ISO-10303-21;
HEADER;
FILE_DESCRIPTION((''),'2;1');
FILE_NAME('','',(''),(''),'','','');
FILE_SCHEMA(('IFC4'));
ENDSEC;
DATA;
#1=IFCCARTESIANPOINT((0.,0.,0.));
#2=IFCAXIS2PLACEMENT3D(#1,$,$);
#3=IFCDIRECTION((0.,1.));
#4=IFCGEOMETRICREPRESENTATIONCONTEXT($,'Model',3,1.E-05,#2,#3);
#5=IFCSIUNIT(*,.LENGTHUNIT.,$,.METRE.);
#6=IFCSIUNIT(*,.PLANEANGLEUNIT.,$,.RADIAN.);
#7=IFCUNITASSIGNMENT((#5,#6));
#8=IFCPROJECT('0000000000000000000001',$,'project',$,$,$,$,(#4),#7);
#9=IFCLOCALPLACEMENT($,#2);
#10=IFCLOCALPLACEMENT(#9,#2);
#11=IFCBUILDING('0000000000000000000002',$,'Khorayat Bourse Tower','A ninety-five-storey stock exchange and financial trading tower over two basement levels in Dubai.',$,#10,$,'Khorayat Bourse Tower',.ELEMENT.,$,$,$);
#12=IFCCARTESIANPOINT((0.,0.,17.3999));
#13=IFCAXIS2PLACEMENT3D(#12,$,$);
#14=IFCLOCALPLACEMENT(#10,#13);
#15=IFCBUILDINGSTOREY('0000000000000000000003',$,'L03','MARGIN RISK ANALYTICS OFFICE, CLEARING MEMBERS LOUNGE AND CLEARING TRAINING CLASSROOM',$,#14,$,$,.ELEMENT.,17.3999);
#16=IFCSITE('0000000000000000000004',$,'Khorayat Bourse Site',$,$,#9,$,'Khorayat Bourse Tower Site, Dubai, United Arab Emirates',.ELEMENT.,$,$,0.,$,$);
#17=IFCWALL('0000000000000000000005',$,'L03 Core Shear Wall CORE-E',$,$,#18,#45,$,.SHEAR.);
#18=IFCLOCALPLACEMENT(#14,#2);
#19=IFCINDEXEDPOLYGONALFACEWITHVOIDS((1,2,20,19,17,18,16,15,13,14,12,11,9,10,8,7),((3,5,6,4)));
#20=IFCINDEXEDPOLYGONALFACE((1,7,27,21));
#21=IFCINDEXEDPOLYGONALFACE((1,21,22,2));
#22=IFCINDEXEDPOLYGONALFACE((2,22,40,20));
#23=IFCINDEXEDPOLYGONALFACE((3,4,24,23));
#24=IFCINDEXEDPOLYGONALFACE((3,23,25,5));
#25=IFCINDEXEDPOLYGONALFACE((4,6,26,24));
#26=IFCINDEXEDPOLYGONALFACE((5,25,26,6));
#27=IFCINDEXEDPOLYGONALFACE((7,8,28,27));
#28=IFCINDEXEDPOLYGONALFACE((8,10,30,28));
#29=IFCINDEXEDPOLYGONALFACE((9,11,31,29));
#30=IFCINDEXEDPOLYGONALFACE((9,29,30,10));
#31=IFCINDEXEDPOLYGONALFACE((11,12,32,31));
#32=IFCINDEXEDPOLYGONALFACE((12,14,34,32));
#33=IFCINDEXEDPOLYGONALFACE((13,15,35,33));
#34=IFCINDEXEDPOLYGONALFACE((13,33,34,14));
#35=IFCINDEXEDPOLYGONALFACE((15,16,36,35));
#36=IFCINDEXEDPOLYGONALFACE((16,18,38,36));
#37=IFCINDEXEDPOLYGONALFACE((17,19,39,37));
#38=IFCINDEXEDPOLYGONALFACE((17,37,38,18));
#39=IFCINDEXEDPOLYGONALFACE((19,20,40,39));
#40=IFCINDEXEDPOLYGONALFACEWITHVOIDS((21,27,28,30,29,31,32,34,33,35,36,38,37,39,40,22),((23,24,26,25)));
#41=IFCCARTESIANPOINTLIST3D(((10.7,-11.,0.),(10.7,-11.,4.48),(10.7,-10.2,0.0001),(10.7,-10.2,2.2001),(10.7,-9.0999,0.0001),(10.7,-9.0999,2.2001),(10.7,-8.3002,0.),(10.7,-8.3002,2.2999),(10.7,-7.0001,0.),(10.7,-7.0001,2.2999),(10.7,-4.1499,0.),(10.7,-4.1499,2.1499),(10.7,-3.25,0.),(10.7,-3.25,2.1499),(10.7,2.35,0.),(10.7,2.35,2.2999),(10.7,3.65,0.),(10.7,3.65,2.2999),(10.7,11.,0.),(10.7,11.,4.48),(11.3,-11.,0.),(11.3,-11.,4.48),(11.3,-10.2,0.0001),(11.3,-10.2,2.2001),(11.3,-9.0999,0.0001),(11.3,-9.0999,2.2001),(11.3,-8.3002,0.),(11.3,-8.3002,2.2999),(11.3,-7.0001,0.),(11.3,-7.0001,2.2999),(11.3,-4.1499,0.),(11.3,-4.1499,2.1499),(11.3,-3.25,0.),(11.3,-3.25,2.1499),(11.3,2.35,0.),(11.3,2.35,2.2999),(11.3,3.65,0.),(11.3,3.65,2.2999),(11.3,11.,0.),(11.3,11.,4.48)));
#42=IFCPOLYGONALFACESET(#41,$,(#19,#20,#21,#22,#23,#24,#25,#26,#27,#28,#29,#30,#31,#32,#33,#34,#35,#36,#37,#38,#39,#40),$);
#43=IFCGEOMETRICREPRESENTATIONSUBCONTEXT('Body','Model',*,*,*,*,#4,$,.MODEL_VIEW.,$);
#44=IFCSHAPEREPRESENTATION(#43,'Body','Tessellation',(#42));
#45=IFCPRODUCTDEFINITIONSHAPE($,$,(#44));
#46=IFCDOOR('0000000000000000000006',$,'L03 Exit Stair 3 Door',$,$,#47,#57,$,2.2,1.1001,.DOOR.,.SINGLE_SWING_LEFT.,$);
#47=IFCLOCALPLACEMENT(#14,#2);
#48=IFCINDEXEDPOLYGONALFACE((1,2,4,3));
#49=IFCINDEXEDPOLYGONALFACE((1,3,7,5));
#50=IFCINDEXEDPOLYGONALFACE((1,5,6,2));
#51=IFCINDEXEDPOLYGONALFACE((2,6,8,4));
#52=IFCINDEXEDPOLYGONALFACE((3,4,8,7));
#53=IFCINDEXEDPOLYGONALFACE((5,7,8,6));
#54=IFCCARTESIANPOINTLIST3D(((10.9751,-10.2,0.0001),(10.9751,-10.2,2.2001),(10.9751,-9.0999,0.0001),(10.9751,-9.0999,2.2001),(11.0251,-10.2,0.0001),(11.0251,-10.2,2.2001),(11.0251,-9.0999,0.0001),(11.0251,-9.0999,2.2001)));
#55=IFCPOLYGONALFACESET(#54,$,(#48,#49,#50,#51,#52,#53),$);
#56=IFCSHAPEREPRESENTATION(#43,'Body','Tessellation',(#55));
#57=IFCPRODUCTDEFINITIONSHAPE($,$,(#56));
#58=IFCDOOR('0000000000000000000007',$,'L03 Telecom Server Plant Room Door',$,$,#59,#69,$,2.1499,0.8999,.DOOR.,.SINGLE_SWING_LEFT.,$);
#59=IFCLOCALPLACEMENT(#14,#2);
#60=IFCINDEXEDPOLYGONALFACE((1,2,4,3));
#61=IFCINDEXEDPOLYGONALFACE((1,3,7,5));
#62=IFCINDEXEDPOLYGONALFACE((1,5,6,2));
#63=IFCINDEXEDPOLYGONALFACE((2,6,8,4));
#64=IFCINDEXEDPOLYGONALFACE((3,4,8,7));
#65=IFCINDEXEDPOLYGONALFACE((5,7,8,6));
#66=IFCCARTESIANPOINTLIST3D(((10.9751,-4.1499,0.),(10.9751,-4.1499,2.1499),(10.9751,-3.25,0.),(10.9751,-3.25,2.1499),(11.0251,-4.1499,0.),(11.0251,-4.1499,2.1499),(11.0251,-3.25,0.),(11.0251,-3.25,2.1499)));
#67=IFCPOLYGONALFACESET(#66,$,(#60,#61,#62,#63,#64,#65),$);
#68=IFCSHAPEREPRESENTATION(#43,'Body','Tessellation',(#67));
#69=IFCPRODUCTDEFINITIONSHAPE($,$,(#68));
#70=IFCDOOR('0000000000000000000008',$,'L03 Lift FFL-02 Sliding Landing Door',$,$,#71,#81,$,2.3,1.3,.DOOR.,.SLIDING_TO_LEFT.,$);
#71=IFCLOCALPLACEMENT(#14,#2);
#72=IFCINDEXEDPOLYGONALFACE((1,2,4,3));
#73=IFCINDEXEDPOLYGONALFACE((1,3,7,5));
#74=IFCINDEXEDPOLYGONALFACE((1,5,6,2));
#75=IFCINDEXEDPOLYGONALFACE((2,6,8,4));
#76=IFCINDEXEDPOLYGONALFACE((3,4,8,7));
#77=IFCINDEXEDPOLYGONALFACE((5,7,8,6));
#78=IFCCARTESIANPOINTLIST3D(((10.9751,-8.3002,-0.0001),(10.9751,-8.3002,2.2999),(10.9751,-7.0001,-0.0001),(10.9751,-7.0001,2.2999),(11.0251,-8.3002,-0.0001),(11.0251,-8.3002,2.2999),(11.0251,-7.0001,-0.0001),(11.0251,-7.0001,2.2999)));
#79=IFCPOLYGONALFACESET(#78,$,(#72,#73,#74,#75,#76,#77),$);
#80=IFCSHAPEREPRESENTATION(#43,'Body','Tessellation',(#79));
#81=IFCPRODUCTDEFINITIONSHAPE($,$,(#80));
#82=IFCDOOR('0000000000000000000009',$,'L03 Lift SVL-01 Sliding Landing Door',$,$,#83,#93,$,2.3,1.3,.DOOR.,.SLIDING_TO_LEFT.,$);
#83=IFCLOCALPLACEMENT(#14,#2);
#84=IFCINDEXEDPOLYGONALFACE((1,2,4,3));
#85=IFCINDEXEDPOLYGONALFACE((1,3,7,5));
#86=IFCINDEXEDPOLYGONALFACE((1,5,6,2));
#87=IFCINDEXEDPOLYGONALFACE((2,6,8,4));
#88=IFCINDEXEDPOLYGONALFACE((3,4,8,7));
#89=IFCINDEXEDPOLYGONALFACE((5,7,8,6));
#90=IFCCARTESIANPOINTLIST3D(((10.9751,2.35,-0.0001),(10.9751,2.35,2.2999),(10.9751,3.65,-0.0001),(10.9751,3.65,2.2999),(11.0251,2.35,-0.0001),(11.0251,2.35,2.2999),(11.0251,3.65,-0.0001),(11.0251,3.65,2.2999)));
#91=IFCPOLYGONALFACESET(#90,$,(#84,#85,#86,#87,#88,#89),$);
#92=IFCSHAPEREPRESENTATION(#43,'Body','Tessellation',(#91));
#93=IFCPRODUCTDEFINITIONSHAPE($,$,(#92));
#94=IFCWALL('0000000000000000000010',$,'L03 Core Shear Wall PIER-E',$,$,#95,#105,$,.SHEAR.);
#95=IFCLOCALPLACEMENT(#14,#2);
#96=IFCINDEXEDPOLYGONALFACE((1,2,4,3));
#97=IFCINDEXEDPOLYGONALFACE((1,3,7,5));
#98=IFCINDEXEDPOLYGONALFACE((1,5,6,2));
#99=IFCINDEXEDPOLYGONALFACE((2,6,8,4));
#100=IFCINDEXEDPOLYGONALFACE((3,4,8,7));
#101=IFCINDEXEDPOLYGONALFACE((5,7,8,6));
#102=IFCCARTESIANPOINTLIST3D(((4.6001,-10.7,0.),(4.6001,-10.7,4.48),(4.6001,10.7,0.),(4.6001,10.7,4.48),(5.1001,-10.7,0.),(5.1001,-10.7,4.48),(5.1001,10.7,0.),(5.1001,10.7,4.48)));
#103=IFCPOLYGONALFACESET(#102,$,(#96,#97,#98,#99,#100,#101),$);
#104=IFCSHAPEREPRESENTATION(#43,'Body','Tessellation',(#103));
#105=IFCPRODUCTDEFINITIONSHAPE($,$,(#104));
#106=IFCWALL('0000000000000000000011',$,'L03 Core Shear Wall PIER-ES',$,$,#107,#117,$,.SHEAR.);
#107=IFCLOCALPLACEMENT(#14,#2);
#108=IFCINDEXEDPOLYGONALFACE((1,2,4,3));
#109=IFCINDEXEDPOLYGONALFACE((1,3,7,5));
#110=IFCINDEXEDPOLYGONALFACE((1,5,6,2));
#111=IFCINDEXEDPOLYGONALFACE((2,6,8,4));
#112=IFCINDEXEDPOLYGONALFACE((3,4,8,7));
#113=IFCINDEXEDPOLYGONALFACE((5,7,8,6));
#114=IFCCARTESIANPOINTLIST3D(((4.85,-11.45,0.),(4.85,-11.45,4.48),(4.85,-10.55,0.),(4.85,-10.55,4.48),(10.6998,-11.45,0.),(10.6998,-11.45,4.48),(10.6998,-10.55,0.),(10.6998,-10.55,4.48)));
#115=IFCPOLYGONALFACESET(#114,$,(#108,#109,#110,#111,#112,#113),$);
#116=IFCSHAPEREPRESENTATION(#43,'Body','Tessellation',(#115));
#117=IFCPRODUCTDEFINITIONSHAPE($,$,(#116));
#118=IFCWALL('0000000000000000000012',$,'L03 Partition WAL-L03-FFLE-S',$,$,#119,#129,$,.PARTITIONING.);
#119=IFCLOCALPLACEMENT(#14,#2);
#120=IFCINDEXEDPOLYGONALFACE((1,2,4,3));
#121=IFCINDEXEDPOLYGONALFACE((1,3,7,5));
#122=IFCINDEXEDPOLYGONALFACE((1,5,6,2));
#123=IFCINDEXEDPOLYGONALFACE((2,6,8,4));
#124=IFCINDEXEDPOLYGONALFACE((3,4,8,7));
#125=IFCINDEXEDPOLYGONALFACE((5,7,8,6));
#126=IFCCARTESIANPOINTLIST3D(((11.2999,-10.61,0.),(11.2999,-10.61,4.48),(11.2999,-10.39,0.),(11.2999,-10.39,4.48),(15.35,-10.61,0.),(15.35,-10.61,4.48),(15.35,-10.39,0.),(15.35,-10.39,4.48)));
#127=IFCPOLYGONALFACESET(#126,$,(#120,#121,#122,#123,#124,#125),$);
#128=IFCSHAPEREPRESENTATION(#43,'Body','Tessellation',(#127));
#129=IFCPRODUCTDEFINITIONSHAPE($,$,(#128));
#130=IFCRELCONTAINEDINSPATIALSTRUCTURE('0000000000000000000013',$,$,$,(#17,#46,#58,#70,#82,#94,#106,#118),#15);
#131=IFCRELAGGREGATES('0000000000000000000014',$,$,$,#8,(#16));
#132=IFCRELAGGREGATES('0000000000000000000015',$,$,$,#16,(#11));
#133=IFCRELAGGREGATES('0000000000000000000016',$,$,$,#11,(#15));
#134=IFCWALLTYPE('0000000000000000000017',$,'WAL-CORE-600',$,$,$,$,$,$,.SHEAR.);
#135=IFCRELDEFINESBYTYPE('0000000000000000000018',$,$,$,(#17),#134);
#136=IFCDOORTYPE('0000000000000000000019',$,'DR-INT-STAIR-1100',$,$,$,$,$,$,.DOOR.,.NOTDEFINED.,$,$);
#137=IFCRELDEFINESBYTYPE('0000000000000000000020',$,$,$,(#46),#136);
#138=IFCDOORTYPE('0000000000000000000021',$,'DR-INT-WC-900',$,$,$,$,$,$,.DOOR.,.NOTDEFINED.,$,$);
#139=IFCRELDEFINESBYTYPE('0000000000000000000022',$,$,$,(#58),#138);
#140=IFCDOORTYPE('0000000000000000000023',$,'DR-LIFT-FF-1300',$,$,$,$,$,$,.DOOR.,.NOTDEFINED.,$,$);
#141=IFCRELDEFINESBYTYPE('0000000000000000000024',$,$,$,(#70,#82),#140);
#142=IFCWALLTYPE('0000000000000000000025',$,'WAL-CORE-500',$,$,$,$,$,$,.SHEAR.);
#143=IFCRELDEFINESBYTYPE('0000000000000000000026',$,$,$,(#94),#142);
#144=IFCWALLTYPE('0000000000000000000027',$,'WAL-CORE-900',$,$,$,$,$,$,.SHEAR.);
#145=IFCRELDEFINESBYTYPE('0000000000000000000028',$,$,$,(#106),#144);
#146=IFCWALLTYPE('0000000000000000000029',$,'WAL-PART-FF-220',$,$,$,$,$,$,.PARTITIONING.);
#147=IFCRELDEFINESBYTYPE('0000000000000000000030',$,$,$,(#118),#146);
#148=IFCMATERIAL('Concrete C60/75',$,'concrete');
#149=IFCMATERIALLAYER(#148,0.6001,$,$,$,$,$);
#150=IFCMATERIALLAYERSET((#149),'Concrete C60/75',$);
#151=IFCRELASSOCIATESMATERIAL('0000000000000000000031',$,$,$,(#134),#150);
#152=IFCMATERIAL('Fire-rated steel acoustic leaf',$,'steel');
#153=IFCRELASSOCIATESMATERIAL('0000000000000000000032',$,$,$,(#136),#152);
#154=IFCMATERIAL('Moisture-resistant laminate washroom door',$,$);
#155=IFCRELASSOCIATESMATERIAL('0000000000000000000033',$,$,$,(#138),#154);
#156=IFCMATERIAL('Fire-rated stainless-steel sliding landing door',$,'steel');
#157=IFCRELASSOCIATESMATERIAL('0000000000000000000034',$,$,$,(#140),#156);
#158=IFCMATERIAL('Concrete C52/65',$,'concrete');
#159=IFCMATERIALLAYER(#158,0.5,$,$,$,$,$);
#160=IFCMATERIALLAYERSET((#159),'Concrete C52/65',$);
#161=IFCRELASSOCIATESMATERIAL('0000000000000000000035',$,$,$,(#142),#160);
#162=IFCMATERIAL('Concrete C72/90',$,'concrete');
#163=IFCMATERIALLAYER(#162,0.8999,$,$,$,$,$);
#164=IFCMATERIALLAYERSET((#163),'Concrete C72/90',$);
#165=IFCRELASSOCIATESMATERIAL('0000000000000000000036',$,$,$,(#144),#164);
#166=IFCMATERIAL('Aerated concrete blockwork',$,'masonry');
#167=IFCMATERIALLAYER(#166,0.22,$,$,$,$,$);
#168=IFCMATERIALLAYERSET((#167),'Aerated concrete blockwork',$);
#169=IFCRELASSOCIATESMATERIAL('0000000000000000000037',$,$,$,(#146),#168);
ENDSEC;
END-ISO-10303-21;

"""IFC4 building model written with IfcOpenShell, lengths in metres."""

from ifc_helpers import new_model, si_unit, direction, frame, frame_2d, origin, place, context, subcontext, project, spatial, rectangle, extrude, source, transform, mapped, material, layer, layer_set, type_object, element, fill, save


model = new_model("IFC4")

# Units and contexts
model_context = context("Model", 3, precision=1e-05, world=origin(), true_north=direction((0.0, 1.0)))
body_context = subcontext(model_context, "Body", "Model", "MODEL_VIEW")
ifc_project = project(units=[si_unit("LENGTHUNIT", "METRE"), si_unit("PLANEANGLEUNIT", "RADIAN")], contexts=[model_context])

# Site, building, storey
site_placement = place(None, origin())
site = spatial("IfcSite", under=ifc_project, at=site_placement, Name="Khorayat Bourse Site", LongName="Khorayat Bourse Tower Site, Dubai, United Arab Emirates", CompositionType="ELEMENT", RefElevation=0.0)
building_placement = place(site_placement, origin())
building = spatial("IfcBuilding", under=site, at=building_placement, Name="Khorayat Bourse Tower", Description="A ninety-five-storey stock exchange and financial trading tower over two basement levels in Dubai.", LongName="Khorayat Bourse Tower", CompositionType="ELEMENT")
storey_placement = place(building_placement, frame((0.0, 0.0, 17.3999)))
storey = spatial("IfcBuildingStorey", under=building, at=storey_placement, Name="L03", Description="MARGIN RISK ANALYTICS OFFICE, CLEARING MEMBERS LOUNGE AND CLEARING TRAINING CLASSROOM", CompositionType="ELEMENT", Elevation=17.3999)

# Shared definitions
ifc_material_1 = material(Name="Concrete C72/90", Category="concrete")

# Wall, openings, doors
ifc_material_2 = material(Name="Concrete C60/75", Category="concrete")
ifc_layer_1 = layer(ifc_material_2, 0.6001)
ifc_layer_set_1 = layer_set([ifc_layer_1], Name="Concrete C60/75")
wall_type_1 = type_object("IfcWallType", Name="WAL-CORE-600", PredefinedType="SHEAR", material=ifc_layer_set_1)
shared_shape_1 = source(origin(), body_context, "Body", "SweptSolid", [
    extrude(rectangle(XDim=22.0, YDim=0.6001, at=frame_2d((11.0, 0.0))), origin(), (0.0, 0.0, 1.0), 4.48),
])
wall_1_placement = place(storey_placement, frame((11.0, -11.0, 0.0), z_axis=(0.0, 0.0, 1.0), x_axis=(0.0, 1.0, 0.0)))
wall_1 = element("IfcWall", 1, at=wall_1_placement, inside=storey, type_object=wall_type_1, Name="L03 Core Shear Wall CORE-E", PredefinedType="SHEAR", context=body_context, shape_type="MappedRepresentation", body=[
    mapped(shared_shape_1, transform((0.0, 0.0, 0.0), scale=1.0)),
])
shared_shape_2 = source(origin(), body_context, "Body", "SweptSolid", [
    extrude(rectangle(XDim=1.1001, YDim=2.2, at=frame_2d((0.55, 1.1001))), frame((0.0, 0.3101, 0.0), z_axis=(0.0, -1.0, 0.0), x_axis=(1.0, 0.0, 0.0)), (0.0, 0.0, 1.0), 0.6201),
])
opening_1_placement = place(wall_1_placement, frame((0.8, 0.0, 0.0)))
opening_1 = element("IfcOpeningElement", 2, at=opening_1_placement, cuts=wall_1, PredefinedType="OPENING", context=body_context, shape_type="MappedRepresentation", body=[
    mapped(shared_shape_2, transform((0.0, 0.0, 0.0), scale=1.0)),
])
shared_shape_3 = source(origin(), body_context, "Body", "SweptSolid", [
    extrude(rectangle(XDim=0.8999, YDim=2.1499, at=frame_2d((0.45, 1.075))), frame((0.0, 0.3101, 0.0), z_axis=(0.0, -1.0, 0.0), x_axis=(1.0, 0.0, 0.0)), (0.0, 0.0, 1.0), 0.6201),
])
opening_2_placement = place(wall_1_placement, frame((6.8501, 0.0, 0.0)))
opening_2 = element("IfcOpeningElement", 3, at=opening_2_placement, cuts=wall_1, PredefinedType="OPENING", context=body_context, shape_type="MappedRepresentation", body=[
    mapped(shared_shape_3, transform((0.0, 0.0, 0.0), scale=1.0)),
])
shared_shape_4 = source(origin(), body_context, "Body", "SweptSolid", [
    extrude(rectangle(XDim=1.3, YDim=2.3, at=frame_2d((0.6499, 1.1499))), frame((0.0, 0.3101, 0.0), z_axis=(0.0, -1.0, 0.0), x_axis=(1.0, 0.0, 0.0)), (0.0, 0.0, 1.0), 0.6201),
])
opening_3_placement = place(wall_1_placement, frame((2.7, 0.0, 0.0)))
opening_3 = element("IfcOpeningElement", 4, at=opening_3_placement, cuts=wall_1, PredefinedType="OPENING", context=body_context, shape_type="MappedRepresentation", body=[
    mapped(shared_shape_4, transform((0.0, 0.0, 0.0), scale=1.0)),
])
opening_4_placement = place(wall_1_placement, frame((13.3501, 0.0, 0.0)))
opening_4 = element("IfcOpeningElement", 5, at=opening_4_placement, cuts=wall_1, PredefinedType="OPENING", context=body_context, shape_type="MappedRepresentation", body=[
    mapped(shared_shape_4, transform((0.0, 0.0, 0.0), scale=1.0)),
])
ifc_material_3 = material(Name="Fire-rated steel acoustic leaf", Category="steel")
door_type_1 = type_object("IfcDoorType", Name="DR-INT-STAIR-1100", OperationType="NOTDEFINED", PredefinedType="DOOR", material=ifc_material_3)
shared_shape_5 = source(origin(), body_context, "Body", "SweptSolid", [
    extrude(rectangle(XDim=1.1001, YDim=2.2, at=frame_2d((0.55, 1.1001))), frame((0.0, 0.0249, 0.0), z_axis=(0.0, -1.0, 0.0), x_axis=(1.0, 0.0, 0.0)), (0.0, 0.0, 1.0), 0.05),
])
door_1_placement = place(opening_1_placement, origin())
door_1 = element("IfcDoor", 6, at=door_1_placement, inside=storey, type_object=door_type_1, Name="L03 Exit Stair 3 Door", OperationType="SINGLE_SWING_LEFT", OverallHeight=2.2, OverallWidth=1.1001, PredefinedType="DOOR", context=body_context, shape_type="MappedRepresentation", body=[
    mapped(shared_shape_5, transform((0.0, 0.0, 0.0), scale=1.0)),
])
fill(opening_1, door_1)
ifc_material_4 = material(Name="Moisture-resistant laminate washroom door")
door_type_2 = type_object("IfcDoorType", Name="DR-INT-WC-900", OperationType="NOTDEFINED", PredefinedType="DOOR", material=ifc_material_4)
shared_shape_6 = source(origin(), body_context, "Body", "SweptSolid", [
    extrude(rectangle(XDim=0.8999, YDim=2.1499, at=frame_2d((0.45, 1.075))), frame((0.0, 0.0249, 0.0), z_axis=(0.0, -1.0, 0.0), x_axis=(1.0, 0.0, 0.0)), (0.0, 0.0, 1.0), 0.05),
])
door_2_placement = place(opening_2_placement, origin())
door_2 = element("IfcDoor", 7, at=door_2_placement, inside=storey, type_object=door_type_2, Name="L03 Telecom Server Plant Room Door", OperationType="SINGLE_SWING_LEFT", OverallHeight=2.1499, OverallWidth=0.8999, PredefinedType="DOOR", context=body_context, shape_type="MappedRepresentation", body=[
    mapped(shared_shape_6, transform((0.0, 0.0, 0.0), scale=1.0)),
])
fill(opening_2, door_2)
ifc_material_5 = material(Name="Fire-rated stainless-steel sliding landing door", Category="steel")
door_type_3 = type_object("IfcDoorType", Name="DR-LIFT-FF-1300", OperationType="NOTDEFINED", PredefinedType="DOOR", material=ifc_material_5)
shared_shape_7 = source(origin(), body_context, "Body", "SweptSolid", [
    extrude(rectangle(XDim=1.3, YDim=2.3, at=frame_2d((0.6499, 1.1499))), frame((0.0, 0.0249, 0.0), z_axis=(0.0, -1.0, 0.0), x_axis=(1.0, 0.0, 0.0)), (0.0, 0.0, 1.0), 0.05),
])
door_3_placement = place(opening_3_placement, origin())
door_3 = element("IfcDoor", 8, at=door_3_placement, inside=storey, type_object=door_type_3, Name="L03 Lift FFL-02 Sliding Landing Door", OperationType="SLIDING_TO_LEFT", OverallHeight=2.3, OverallWidth=1.3, PredefinedType="DOOR", context=body_context, shape_type="MappedRepresentation", body=[
    mapped(shared_shape_7, transform((0.0, 0.0, 0.0), scale=1.0)),
])
fill(opening_3, door_3)
door_4_placement = place(opening_4_placement, origin())
door_4 = element("IfcDoor", 9, at=door_4_placement, inside=storey, type_object=door_type_3, Name="L03 Lift SVL-01 Sliding Landing Door", OperationType="SLIDING_TO_LEFT", OverallHeight=2.3, OverallWidth=1.3, PredefinedType="DOOR", context=body_context, shape_type="MappedRepresentation", body=[
    mapped(shared_shape_7, transform((0.0, 0.0, 0.0), scale=1.0)),
])
fill(opening_4, door_4)

# Walls
ifc_material_6 = material(Name="Concrete C52/65", Category="concrete")
ifc_layer_2 = layer(ifc_material_6, 0.5)
ifc_layer_set_2 = layer_set([ifc_layer_2], Name="Concrete C52/65")
wall_type_2 = type_object("IfcWallType", Name="WAL-CORE-500", PredefinedType="SHEAR", material=ifc_layer_set_2)
shared_shape_8 = source(origin(), body_context, "Body", "SweptSolid", [
    extrude(rectangle(XDim=21.3999, YDim=0.5, at=frame_2d((10.7, 0.0))), origin(), (0.0, 0.0, 1.0), 4.48),
])
wall_2_placement = place(storey_placement, frame((4.8501, -10.7, 0.0), z_axis=(0.0, 0.0, 1.0), x_axis=(0.0, 1.0, 0.0)))
element("IfcWall", 10, at=wall_2_placement, inside=storey, type_object=wall_type_2, Name="L03 Core Shear Wall PIER-E", PredefinedType="SHEAR", context=body_context, shape_type="MappedRepresentation", body=[
    mapped(shared_shape_8, transform((0.0, 0.0, 0.0), scale=1.0)),
])
ifc_layer_3 = layer(ifc_material_1, 0.8999)
ifc_layer_set_3 = layer_set([ifc_layer_3], Name="Concrete C72/90")
wall_type_3 = type_object("IfcWallType", Name="WAL-CORE-900", PredefinedType="SHEAR", material=ifc_layer_set_3)
shared_shape_9 = source(origin(), body_context, "Body", "SweptSolid", [
    extrude(rectangle(XDim=5.8499, YDim=0.8999, at=frame_2d((2.9248, 0.0))), origin(), (0.0, 0.0, 1.0), 4.48),
])
wall_3_placement = place(storey_placement, frame((4.8501, -11.0, 0.0), z_axis=(0.0, 0.0, 1.0), x_axis=(1.0, 0.0, 0.0)))
element("IfcWall", 11, at=wall_3_placement, inside=storey, type_object=wall_type_3, Name="L03 Core Shear Wall PIER-ES", PredefinedType="SHEAR", context=body_context, shape_type="MappedRepresentation", body=[
    mapped(shared_shape_9, transform((0.0, 0.0, 0.0), scale=1.0)),
])
ifc_material_7 = material(Name="Aerated concrete blockwork", Category="masonry")
ifc_layer_4 = layer(ifc_material_7, 0.22)
ifc_layer_set_4 = layer_set([ifc_layer_4], Name="Aerated concrete blockwork")
wall_type_4 = type_object("IfcWallType", Name="WAL-PART-FF-220", PredefinedType="PARTITIONING", material=ifc_layer_set_4)
shared_shape_10 = source(origin(), body_context, "Body", "SweptSolid", [
    extrude(rectangle(XDim=4.05, YDim=0.22, at=frame_2d((2.0249, 0.0))), origin(), (0.0, 0.0, 1.0), 4.48),
])
wall_4_placement = place(storey_placement, frame((11.3, -10.5, 0.0), z_axis=(0.0, 0.0, 1.0), x_axis=(1.0, 0.0, 0.0)))
element("IfcWall", 12, at=wall_4_placement, inside=storey, type_object=wall_type_4, Name="L03 Partition WAL-L03-FFLE-S", PredefinedType="PARTITIONING", context=body_context, shape_type="MappedRepresentation", body=[
    mapped(shared_shape_10, transform((0.0, 0.0, 0.0), scale=1.0)),
])

save(model, "model.ifc")
